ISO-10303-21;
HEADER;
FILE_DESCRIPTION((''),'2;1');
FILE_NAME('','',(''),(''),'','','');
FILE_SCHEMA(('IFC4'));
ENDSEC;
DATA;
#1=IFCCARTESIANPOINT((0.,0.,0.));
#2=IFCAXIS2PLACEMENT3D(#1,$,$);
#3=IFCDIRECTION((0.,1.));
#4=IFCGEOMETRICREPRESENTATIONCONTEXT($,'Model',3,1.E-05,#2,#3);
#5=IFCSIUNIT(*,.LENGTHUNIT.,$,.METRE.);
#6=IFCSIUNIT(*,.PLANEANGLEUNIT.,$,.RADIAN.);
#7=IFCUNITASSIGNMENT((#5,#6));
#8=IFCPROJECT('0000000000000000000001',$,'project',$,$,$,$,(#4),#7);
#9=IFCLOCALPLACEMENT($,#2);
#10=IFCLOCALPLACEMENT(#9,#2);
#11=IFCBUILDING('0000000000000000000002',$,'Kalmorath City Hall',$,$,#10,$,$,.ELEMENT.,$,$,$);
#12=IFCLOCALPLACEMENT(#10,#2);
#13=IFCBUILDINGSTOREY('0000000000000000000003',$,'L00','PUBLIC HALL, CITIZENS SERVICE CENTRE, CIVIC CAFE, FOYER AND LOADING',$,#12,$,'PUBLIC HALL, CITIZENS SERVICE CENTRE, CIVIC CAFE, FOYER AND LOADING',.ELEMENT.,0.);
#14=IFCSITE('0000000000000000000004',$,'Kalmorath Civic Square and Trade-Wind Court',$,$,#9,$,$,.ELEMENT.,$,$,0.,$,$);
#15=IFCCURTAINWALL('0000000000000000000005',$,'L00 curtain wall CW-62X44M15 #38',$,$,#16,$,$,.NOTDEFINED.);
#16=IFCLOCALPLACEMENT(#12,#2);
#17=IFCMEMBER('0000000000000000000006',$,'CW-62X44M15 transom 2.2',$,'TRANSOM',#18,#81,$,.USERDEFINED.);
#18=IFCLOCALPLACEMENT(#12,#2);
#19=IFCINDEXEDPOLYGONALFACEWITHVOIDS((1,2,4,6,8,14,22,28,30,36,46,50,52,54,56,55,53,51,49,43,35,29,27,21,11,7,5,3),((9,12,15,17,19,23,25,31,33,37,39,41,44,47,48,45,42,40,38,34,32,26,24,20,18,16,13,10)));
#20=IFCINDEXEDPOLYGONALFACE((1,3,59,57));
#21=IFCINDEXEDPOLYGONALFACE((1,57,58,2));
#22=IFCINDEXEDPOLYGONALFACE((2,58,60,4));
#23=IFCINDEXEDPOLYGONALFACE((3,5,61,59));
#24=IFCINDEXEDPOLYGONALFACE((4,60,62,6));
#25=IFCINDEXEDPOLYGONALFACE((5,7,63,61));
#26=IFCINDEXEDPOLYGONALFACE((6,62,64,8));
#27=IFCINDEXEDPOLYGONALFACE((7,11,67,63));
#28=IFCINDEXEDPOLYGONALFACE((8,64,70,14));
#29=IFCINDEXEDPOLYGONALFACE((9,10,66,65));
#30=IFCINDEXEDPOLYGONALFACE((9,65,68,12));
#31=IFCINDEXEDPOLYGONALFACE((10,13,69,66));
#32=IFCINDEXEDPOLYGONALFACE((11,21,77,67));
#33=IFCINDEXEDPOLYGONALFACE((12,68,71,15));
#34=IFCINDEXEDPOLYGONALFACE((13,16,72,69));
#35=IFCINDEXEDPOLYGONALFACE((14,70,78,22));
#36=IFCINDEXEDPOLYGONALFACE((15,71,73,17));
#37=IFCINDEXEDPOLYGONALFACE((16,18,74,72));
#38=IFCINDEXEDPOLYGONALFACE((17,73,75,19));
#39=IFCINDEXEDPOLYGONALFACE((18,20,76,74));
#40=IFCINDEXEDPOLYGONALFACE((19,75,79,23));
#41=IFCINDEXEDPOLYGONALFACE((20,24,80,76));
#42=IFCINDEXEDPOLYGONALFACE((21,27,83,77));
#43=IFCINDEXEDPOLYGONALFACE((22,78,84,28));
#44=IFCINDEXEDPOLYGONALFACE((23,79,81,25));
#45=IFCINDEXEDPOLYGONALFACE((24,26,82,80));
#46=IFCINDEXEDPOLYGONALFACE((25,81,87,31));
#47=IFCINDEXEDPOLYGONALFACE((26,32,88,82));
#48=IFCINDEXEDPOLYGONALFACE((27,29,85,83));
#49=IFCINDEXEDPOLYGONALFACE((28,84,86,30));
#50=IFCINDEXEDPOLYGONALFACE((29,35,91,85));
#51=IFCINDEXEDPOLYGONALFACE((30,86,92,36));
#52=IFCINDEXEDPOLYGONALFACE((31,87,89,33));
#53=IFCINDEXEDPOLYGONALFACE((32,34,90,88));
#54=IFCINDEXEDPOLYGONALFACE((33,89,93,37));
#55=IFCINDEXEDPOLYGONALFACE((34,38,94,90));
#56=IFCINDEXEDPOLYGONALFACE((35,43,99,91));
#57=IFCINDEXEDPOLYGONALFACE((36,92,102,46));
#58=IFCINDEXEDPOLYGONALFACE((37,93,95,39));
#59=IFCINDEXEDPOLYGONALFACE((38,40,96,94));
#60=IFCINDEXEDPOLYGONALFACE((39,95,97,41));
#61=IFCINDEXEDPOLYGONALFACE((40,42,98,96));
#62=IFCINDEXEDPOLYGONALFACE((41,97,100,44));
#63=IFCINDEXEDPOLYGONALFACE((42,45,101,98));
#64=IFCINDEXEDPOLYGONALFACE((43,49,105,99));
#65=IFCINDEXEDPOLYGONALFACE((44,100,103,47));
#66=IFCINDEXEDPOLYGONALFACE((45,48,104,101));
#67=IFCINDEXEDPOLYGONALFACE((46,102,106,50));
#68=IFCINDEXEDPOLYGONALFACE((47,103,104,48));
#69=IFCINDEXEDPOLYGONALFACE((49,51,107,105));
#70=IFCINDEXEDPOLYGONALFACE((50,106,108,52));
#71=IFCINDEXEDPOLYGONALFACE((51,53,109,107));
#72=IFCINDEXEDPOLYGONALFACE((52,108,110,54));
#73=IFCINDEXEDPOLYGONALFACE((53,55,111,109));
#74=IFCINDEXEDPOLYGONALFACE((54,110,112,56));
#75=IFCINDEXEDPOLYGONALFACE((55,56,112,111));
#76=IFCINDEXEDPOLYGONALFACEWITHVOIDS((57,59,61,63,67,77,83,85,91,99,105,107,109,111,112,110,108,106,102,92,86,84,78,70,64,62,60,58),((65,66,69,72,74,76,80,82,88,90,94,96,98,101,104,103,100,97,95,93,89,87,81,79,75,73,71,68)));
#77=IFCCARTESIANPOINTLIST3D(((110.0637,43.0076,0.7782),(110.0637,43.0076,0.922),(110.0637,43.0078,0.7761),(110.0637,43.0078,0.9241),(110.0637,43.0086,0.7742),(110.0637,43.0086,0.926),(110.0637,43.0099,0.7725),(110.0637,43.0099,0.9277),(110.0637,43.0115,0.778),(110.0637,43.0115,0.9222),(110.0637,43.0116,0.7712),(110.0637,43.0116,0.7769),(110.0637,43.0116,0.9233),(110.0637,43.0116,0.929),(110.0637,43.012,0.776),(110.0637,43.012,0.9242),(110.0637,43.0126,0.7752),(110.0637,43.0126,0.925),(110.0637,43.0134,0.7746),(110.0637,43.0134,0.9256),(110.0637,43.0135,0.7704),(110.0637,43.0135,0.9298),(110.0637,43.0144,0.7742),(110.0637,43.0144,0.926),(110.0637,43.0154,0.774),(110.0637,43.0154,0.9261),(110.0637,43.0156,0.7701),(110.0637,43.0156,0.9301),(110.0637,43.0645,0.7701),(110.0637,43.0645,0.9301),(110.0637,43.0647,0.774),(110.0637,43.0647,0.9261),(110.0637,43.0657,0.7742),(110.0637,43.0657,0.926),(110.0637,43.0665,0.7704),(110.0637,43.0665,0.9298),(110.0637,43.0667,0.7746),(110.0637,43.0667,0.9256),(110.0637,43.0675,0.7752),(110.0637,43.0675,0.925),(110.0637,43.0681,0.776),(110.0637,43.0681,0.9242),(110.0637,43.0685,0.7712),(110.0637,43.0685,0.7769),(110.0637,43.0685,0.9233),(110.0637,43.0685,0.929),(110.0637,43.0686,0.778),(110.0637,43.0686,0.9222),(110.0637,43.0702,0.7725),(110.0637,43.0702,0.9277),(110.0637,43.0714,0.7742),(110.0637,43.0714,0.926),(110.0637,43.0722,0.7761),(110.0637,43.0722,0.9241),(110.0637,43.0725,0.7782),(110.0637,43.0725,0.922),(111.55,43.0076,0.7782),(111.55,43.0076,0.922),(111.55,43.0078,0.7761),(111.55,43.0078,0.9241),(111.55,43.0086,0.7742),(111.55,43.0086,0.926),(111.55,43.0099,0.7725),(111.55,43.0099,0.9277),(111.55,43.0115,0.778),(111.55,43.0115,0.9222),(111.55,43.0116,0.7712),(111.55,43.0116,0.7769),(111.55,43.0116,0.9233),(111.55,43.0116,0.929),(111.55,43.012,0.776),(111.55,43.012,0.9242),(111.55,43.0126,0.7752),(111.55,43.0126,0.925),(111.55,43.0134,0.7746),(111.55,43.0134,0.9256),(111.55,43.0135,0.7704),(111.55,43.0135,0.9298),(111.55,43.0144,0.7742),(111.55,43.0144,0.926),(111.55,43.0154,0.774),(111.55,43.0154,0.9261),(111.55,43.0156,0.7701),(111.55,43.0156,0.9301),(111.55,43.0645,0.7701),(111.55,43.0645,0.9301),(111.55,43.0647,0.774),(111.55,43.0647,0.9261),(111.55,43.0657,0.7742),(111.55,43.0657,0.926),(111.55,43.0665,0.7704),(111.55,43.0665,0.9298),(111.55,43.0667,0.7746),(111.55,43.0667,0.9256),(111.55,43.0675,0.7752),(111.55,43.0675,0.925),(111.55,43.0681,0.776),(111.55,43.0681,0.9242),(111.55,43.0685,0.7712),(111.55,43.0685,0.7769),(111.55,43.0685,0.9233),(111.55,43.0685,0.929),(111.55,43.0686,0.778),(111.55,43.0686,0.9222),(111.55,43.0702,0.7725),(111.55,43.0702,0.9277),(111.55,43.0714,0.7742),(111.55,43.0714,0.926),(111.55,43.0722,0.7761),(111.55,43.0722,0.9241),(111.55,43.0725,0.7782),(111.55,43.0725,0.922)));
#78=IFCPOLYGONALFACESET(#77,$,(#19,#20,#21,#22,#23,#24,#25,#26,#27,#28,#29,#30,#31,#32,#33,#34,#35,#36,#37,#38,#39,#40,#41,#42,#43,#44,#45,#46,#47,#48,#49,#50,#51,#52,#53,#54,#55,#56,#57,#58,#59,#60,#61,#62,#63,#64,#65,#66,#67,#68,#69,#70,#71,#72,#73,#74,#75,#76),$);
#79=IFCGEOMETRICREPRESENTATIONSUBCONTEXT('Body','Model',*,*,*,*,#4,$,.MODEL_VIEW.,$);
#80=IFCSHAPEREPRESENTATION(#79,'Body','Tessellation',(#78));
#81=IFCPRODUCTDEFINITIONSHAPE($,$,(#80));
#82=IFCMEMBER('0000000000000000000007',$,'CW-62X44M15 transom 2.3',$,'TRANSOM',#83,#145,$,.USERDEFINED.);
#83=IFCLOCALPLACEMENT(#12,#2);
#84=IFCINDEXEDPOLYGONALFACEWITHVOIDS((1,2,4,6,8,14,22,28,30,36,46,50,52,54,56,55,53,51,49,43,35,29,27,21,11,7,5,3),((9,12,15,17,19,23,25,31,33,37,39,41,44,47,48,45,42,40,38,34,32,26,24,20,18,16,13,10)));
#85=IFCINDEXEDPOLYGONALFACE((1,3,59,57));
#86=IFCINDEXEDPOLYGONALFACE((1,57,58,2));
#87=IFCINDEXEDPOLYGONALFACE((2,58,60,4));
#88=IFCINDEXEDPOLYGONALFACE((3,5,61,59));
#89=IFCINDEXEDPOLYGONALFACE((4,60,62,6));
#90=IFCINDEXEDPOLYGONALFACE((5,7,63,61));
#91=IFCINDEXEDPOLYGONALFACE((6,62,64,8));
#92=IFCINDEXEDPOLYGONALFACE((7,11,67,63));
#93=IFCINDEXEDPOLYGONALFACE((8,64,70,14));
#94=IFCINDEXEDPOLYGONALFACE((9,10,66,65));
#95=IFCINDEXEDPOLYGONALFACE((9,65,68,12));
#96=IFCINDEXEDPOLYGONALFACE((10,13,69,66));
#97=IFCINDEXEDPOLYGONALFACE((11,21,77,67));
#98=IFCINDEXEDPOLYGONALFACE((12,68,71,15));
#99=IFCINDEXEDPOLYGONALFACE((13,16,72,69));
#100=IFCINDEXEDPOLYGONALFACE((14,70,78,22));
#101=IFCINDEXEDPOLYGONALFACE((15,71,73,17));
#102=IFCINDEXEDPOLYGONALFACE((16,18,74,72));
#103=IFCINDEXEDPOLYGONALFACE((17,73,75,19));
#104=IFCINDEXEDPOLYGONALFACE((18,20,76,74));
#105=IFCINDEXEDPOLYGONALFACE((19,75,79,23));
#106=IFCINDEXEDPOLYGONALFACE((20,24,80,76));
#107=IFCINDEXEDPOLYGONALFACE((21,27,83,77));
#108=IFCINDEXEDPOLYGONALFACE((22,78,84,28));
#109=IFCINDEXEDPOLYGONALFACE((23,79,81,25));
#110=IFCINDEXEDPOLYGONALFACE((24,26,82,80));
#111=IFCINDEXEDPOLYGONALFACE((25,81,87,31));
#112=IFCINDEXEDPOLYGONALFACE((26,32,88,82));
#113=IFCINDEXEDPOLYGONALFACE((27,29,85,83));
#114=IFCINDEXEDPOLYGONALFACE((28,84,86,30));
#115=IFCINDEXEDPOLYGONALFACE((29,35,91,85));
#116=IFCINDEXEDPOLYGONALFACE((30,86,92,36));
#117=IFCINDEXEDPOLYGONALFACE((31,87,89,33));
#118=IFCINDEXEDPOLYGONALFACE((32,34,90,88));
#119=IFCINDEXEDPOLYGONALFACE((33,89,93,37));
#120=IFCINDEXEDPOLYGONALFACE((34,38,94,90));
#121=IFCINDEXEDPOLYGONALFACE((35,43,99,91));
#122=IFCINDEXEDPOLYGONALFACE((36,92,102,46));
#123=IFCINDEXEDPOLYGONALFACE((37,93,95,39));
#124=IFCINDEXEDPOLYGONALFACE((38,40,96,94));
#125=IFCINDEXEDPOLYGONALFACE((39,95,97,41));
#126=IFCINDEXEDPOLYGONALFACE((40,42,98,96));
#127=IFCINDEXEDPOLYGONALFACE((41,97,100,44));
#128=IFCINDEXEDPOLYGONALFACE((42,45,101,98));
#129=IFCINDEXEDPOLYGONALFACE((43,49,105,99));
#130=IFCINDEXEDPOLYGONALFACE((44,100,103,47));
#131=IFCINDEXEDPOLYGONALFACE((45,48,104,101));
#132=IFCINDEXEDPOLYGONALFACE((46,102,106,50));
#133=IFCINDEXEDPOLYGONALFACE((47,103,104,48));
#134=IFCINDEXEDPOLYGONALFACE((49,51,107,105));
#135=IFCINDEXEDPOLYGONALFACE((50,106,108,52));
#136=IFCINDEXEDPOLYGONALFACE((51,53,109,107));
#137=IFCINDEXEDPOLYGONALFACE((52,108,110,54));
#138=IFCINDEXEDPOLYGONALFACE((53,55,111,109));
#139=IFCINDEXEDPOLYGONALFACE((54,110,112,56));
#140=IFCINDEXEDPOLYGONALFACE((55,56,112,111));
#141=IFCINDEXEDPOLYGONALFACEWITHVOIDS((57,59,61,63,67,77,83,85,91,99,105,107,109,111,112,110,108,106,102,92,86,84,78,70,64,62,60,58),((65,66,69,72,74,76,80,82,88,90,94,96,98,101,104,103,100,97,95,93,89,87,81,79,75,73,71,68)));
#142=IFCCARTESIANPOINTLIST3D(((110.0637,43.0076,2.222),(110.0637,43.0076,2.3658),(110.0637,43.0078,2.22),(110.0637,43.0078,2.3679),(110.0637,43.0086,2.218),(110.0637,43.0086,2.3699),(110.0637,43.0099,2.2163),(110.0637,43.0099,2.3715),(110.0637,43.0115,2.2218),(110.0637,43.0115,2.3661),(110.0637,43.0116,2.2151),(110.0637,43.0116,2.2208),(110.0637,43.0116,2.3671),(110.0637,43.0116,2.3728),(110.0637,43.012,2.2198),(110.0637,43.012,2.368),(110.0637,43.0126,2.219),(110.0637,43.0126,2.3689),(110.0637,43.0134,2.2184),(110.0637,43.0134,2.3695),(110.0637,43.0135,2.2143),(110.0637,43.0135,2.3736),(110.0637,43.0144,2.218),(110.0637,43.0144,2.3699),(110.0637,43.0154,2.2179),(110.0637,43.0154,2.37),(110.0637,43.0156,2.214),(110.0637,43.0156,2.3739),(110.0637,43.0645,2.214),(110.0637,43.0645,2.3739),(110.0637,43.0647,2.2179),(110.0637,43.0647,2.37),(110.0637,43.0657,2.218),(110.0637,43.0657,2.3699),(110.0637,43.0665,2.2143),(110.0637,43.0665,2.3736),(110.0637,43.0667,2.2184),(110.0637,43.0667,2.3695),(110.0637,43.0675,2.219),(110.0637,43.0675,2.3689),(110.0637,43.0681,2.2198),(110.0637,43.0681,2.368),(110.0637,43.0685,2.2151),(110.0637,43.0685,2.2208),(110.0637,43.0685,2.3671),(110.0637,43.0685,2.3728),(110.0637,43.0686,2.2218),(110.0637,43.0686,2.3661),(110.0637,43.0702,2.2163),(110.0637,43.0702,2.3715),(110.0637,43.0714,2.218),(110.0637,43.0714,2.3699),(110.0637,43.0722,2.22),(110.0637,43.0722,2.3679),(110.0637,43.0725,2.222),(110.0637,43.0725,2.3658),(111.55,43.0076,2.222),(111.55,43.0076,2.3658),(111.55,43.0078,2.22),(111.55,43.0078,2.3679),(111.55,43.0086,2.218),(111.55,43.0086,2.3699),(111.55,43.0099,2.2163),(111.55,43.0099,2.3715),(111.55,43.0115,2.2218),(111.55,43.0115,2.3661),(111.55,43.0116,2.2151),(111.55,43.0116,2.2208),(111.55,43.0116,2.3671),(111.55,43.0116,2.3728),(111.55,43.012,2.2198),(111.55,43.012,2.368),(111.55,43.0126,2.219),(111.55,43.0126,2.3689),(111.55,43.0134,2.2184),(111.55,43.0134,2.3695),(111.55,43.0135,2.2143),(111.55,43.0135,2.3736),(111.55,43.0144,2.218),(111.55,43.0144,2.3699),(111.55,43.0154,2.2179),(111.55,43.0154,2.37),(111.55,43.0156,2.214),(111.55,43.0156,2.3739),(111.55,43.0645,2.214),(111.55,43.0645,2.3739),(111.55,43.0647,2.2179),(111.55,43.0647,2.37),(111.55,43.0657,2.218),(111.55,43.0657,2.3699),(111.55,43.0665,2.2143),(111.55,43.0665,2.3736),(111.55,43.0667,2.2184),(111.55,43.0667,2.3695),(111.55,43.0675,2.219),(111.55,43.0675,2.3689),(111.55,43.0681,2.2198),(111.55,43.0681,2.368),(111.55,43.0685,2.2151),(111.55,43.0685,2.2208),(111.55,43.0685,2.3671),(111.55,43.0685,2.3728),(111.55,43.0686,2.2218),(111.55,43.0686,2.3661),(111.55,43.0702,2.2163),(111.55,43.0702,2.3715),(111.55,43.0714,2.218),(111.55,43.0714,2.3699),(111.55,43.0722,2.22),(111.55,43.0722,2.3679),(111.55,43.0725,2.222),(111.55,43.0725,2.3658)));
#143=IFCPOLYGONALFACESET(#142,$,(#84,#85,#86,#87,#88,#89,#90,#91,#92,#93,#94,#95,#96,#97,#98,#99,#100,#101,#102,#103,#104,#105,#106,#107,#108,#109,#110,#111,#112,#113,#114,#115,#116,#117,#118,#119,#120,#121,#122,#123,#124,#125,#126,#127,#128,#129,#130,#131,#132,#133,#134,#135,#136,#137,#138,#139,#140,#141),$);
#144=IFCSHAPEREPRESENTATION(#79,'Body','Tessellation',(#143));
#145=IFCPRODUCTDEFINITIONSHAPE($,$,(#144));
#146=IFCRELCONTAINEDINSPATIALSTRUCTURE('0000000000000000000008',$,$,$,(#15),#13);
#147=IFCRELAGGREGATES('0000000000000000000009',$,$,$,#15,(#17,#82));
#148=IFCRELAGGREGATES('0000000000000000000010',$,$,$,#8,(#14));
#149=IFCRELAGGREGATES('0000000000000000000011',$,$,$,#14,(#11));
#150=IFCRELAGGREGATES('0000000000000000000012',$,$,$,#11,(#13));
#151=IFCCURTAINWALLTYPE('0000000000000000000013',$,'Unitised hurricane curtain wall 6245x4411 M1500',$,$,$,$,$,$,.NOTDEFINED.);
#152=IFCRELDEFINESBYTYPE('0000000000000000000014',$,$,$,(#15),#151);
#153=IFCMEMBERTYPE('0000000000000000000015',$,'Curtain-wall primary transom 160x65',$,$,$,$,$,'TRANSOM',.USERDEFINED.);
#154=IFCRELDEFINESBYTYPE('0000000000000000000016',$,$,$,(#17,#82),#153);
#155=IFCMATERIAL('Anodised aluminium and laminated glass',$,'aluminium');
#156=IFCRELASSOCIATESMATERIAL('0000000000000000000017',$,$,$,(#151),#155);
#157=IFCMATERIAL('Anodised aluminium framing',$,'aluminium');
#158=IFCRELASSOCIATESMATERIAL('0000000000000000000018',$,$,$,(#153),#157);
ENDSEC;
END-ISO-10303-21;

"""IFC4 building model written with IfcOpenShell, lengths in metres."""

from ifc_helpers import new_model, si_unit, direction, frame, origin, origin_2d, place, context, subcontext, project, spatial, hollow_rectangle, extrude, material, material_profile, profile_set, type_object, element, aggregate, save


model = new_model("IFC4")

# Units and contexts
model_context = context("Model", 3, precision=1e-05, world=origin(), true_north=direction((0.0, 1.0)))
body_context = subcontext(model_context, "Body", "Model", "MODEL_VIEW")
ifc_project = project(units=[si_unit("LENGTHUNIT", "METRE"), si_unit("PLANEANGLEUNIT", "RADIAN")], contexts=[model_context])

# Site, building, storey
site_placement = place(None, origin())
site = spatial("IfcSite", under=ifc_project, at=site_placement, Name="Kalmorath Civic Square and Trade-Wind Court", CompositionType="ELEMENT", RefElevation=0.0)
building_placement = place(site_placement, origin())
building = spatial("IfcBuilding", under=site, at=building_placement, Name="Kalmorath City Hall", CompositionType="ELEMENT")
storey_placement = place(building_placement, origin())
storey = spatial("IfcBuildingStorey", under=building, at=storey_placement, Name="L00", Description="PUBLIC HALL, CITIZENS SERVICE CENTRE, CIVIC CAFE, FOYER AND LOADING", LongName="PUBLIC HALL, CITIZENS SERVICE CENTRE, CIVIC CAFE, FOYER AND LOADING", CompositionType="ELEMENT", Elevation=0.0)

# Curtain wall, members
ifc_material_1 = material(Name="Anodised aluminium and laminated glass", Category="aluminium")
curtain_wall_type = type_object("IfcCurtainWallType", Name="Unitised hurricane curtain wall 6245x4411 M1500", PredefinedType="NOTDEFINED", material=ifc_material_1)
curtain_wall_placement = place(storey_placement, origin())
curtain_wall = element("IfcCurtainWall", 1, at=curtain_wall_placement, inside=storey, type_object=curtain_wall_type, Name="L00 curtain wall CW-62X44M15 #38", PredefinedType="NOTDEFINED")
ifc_material_2 = material(Name="Anodised aluminium framing", Category="aluminium")
ifc_material_profile_1 = material_profile(ifc_material_2, hollow_rectangle(XDim=0.0649, YDim=0.1599, WallThickness=0.0039, InnerFilletRadius=0.0039, OuterFilletRadius=0.0081, at=origin_2d()), Name="ALU-TRN-160X65X4")
ifc_profile_set_1 = profile_set([ifc_material_profile_1], Name="Anodised aluminium framing")
member_type_1 = type_object("IfcMemberType", Name="Curtain-wall primary transom 160x65", ElementType="TRANSOM", PredefinedType="USERDEFINED", material=ifc_profile_set_1)
member_1_placement = place(storey_placement, frame((110.0637, 43.04, 0.8501), z_axis=(1.0, 0.0, 0.0), x_axis=(0.0, 1.0, 0.0)))
member_1 = element("IfcMember", 2, at=member_1_placement, type_object=member_type_1, Name="CW-62X44M15 transom 2.2", ObjectType="TRANSOM", PredefinedType="USERDEFINED", context=body_context, shape_type="SweptSolid", body=[
    extrude(hollow_rectangle(XDim=0.0649, YDim=0.1599, WallThickness=0.0039, InnerFilletRadius=0.0039, OuterFilletRadius=0.0081, at=origin_2d()), origin(), (0.0, 0.0, 1.0), 1.4863),
])
member_2_placement = place(storey_placement, frame((110.0637, 43.04, 2.2939), z_axis=(1.0, 0.0, 0.0), x_axis=(0.0, 1.0, 0.0)))
member_2 = element("IfcMember", 3, at=member_2_placement, type_object=member_type_1, Name="CW-62X44M15 transom 2.3", ObjectType="TRANSOM", PredefinedType="USERDEFINED", context=body_context, shape_type="SweptSolid", body=[
    extrude(hollow_rectangle(XDim=0.0649, YDim=0.1599, WallThickness=0.0039, InnerFilletRadius=0.0039, OuterFilletRadius=0.0081, at=origin_2d()), origin(), (0.0, 0.0, 1.0), 1.4863),
])
aggregate(curtain_wall, [member_1, member_2])

save(model, "model.ifc")
